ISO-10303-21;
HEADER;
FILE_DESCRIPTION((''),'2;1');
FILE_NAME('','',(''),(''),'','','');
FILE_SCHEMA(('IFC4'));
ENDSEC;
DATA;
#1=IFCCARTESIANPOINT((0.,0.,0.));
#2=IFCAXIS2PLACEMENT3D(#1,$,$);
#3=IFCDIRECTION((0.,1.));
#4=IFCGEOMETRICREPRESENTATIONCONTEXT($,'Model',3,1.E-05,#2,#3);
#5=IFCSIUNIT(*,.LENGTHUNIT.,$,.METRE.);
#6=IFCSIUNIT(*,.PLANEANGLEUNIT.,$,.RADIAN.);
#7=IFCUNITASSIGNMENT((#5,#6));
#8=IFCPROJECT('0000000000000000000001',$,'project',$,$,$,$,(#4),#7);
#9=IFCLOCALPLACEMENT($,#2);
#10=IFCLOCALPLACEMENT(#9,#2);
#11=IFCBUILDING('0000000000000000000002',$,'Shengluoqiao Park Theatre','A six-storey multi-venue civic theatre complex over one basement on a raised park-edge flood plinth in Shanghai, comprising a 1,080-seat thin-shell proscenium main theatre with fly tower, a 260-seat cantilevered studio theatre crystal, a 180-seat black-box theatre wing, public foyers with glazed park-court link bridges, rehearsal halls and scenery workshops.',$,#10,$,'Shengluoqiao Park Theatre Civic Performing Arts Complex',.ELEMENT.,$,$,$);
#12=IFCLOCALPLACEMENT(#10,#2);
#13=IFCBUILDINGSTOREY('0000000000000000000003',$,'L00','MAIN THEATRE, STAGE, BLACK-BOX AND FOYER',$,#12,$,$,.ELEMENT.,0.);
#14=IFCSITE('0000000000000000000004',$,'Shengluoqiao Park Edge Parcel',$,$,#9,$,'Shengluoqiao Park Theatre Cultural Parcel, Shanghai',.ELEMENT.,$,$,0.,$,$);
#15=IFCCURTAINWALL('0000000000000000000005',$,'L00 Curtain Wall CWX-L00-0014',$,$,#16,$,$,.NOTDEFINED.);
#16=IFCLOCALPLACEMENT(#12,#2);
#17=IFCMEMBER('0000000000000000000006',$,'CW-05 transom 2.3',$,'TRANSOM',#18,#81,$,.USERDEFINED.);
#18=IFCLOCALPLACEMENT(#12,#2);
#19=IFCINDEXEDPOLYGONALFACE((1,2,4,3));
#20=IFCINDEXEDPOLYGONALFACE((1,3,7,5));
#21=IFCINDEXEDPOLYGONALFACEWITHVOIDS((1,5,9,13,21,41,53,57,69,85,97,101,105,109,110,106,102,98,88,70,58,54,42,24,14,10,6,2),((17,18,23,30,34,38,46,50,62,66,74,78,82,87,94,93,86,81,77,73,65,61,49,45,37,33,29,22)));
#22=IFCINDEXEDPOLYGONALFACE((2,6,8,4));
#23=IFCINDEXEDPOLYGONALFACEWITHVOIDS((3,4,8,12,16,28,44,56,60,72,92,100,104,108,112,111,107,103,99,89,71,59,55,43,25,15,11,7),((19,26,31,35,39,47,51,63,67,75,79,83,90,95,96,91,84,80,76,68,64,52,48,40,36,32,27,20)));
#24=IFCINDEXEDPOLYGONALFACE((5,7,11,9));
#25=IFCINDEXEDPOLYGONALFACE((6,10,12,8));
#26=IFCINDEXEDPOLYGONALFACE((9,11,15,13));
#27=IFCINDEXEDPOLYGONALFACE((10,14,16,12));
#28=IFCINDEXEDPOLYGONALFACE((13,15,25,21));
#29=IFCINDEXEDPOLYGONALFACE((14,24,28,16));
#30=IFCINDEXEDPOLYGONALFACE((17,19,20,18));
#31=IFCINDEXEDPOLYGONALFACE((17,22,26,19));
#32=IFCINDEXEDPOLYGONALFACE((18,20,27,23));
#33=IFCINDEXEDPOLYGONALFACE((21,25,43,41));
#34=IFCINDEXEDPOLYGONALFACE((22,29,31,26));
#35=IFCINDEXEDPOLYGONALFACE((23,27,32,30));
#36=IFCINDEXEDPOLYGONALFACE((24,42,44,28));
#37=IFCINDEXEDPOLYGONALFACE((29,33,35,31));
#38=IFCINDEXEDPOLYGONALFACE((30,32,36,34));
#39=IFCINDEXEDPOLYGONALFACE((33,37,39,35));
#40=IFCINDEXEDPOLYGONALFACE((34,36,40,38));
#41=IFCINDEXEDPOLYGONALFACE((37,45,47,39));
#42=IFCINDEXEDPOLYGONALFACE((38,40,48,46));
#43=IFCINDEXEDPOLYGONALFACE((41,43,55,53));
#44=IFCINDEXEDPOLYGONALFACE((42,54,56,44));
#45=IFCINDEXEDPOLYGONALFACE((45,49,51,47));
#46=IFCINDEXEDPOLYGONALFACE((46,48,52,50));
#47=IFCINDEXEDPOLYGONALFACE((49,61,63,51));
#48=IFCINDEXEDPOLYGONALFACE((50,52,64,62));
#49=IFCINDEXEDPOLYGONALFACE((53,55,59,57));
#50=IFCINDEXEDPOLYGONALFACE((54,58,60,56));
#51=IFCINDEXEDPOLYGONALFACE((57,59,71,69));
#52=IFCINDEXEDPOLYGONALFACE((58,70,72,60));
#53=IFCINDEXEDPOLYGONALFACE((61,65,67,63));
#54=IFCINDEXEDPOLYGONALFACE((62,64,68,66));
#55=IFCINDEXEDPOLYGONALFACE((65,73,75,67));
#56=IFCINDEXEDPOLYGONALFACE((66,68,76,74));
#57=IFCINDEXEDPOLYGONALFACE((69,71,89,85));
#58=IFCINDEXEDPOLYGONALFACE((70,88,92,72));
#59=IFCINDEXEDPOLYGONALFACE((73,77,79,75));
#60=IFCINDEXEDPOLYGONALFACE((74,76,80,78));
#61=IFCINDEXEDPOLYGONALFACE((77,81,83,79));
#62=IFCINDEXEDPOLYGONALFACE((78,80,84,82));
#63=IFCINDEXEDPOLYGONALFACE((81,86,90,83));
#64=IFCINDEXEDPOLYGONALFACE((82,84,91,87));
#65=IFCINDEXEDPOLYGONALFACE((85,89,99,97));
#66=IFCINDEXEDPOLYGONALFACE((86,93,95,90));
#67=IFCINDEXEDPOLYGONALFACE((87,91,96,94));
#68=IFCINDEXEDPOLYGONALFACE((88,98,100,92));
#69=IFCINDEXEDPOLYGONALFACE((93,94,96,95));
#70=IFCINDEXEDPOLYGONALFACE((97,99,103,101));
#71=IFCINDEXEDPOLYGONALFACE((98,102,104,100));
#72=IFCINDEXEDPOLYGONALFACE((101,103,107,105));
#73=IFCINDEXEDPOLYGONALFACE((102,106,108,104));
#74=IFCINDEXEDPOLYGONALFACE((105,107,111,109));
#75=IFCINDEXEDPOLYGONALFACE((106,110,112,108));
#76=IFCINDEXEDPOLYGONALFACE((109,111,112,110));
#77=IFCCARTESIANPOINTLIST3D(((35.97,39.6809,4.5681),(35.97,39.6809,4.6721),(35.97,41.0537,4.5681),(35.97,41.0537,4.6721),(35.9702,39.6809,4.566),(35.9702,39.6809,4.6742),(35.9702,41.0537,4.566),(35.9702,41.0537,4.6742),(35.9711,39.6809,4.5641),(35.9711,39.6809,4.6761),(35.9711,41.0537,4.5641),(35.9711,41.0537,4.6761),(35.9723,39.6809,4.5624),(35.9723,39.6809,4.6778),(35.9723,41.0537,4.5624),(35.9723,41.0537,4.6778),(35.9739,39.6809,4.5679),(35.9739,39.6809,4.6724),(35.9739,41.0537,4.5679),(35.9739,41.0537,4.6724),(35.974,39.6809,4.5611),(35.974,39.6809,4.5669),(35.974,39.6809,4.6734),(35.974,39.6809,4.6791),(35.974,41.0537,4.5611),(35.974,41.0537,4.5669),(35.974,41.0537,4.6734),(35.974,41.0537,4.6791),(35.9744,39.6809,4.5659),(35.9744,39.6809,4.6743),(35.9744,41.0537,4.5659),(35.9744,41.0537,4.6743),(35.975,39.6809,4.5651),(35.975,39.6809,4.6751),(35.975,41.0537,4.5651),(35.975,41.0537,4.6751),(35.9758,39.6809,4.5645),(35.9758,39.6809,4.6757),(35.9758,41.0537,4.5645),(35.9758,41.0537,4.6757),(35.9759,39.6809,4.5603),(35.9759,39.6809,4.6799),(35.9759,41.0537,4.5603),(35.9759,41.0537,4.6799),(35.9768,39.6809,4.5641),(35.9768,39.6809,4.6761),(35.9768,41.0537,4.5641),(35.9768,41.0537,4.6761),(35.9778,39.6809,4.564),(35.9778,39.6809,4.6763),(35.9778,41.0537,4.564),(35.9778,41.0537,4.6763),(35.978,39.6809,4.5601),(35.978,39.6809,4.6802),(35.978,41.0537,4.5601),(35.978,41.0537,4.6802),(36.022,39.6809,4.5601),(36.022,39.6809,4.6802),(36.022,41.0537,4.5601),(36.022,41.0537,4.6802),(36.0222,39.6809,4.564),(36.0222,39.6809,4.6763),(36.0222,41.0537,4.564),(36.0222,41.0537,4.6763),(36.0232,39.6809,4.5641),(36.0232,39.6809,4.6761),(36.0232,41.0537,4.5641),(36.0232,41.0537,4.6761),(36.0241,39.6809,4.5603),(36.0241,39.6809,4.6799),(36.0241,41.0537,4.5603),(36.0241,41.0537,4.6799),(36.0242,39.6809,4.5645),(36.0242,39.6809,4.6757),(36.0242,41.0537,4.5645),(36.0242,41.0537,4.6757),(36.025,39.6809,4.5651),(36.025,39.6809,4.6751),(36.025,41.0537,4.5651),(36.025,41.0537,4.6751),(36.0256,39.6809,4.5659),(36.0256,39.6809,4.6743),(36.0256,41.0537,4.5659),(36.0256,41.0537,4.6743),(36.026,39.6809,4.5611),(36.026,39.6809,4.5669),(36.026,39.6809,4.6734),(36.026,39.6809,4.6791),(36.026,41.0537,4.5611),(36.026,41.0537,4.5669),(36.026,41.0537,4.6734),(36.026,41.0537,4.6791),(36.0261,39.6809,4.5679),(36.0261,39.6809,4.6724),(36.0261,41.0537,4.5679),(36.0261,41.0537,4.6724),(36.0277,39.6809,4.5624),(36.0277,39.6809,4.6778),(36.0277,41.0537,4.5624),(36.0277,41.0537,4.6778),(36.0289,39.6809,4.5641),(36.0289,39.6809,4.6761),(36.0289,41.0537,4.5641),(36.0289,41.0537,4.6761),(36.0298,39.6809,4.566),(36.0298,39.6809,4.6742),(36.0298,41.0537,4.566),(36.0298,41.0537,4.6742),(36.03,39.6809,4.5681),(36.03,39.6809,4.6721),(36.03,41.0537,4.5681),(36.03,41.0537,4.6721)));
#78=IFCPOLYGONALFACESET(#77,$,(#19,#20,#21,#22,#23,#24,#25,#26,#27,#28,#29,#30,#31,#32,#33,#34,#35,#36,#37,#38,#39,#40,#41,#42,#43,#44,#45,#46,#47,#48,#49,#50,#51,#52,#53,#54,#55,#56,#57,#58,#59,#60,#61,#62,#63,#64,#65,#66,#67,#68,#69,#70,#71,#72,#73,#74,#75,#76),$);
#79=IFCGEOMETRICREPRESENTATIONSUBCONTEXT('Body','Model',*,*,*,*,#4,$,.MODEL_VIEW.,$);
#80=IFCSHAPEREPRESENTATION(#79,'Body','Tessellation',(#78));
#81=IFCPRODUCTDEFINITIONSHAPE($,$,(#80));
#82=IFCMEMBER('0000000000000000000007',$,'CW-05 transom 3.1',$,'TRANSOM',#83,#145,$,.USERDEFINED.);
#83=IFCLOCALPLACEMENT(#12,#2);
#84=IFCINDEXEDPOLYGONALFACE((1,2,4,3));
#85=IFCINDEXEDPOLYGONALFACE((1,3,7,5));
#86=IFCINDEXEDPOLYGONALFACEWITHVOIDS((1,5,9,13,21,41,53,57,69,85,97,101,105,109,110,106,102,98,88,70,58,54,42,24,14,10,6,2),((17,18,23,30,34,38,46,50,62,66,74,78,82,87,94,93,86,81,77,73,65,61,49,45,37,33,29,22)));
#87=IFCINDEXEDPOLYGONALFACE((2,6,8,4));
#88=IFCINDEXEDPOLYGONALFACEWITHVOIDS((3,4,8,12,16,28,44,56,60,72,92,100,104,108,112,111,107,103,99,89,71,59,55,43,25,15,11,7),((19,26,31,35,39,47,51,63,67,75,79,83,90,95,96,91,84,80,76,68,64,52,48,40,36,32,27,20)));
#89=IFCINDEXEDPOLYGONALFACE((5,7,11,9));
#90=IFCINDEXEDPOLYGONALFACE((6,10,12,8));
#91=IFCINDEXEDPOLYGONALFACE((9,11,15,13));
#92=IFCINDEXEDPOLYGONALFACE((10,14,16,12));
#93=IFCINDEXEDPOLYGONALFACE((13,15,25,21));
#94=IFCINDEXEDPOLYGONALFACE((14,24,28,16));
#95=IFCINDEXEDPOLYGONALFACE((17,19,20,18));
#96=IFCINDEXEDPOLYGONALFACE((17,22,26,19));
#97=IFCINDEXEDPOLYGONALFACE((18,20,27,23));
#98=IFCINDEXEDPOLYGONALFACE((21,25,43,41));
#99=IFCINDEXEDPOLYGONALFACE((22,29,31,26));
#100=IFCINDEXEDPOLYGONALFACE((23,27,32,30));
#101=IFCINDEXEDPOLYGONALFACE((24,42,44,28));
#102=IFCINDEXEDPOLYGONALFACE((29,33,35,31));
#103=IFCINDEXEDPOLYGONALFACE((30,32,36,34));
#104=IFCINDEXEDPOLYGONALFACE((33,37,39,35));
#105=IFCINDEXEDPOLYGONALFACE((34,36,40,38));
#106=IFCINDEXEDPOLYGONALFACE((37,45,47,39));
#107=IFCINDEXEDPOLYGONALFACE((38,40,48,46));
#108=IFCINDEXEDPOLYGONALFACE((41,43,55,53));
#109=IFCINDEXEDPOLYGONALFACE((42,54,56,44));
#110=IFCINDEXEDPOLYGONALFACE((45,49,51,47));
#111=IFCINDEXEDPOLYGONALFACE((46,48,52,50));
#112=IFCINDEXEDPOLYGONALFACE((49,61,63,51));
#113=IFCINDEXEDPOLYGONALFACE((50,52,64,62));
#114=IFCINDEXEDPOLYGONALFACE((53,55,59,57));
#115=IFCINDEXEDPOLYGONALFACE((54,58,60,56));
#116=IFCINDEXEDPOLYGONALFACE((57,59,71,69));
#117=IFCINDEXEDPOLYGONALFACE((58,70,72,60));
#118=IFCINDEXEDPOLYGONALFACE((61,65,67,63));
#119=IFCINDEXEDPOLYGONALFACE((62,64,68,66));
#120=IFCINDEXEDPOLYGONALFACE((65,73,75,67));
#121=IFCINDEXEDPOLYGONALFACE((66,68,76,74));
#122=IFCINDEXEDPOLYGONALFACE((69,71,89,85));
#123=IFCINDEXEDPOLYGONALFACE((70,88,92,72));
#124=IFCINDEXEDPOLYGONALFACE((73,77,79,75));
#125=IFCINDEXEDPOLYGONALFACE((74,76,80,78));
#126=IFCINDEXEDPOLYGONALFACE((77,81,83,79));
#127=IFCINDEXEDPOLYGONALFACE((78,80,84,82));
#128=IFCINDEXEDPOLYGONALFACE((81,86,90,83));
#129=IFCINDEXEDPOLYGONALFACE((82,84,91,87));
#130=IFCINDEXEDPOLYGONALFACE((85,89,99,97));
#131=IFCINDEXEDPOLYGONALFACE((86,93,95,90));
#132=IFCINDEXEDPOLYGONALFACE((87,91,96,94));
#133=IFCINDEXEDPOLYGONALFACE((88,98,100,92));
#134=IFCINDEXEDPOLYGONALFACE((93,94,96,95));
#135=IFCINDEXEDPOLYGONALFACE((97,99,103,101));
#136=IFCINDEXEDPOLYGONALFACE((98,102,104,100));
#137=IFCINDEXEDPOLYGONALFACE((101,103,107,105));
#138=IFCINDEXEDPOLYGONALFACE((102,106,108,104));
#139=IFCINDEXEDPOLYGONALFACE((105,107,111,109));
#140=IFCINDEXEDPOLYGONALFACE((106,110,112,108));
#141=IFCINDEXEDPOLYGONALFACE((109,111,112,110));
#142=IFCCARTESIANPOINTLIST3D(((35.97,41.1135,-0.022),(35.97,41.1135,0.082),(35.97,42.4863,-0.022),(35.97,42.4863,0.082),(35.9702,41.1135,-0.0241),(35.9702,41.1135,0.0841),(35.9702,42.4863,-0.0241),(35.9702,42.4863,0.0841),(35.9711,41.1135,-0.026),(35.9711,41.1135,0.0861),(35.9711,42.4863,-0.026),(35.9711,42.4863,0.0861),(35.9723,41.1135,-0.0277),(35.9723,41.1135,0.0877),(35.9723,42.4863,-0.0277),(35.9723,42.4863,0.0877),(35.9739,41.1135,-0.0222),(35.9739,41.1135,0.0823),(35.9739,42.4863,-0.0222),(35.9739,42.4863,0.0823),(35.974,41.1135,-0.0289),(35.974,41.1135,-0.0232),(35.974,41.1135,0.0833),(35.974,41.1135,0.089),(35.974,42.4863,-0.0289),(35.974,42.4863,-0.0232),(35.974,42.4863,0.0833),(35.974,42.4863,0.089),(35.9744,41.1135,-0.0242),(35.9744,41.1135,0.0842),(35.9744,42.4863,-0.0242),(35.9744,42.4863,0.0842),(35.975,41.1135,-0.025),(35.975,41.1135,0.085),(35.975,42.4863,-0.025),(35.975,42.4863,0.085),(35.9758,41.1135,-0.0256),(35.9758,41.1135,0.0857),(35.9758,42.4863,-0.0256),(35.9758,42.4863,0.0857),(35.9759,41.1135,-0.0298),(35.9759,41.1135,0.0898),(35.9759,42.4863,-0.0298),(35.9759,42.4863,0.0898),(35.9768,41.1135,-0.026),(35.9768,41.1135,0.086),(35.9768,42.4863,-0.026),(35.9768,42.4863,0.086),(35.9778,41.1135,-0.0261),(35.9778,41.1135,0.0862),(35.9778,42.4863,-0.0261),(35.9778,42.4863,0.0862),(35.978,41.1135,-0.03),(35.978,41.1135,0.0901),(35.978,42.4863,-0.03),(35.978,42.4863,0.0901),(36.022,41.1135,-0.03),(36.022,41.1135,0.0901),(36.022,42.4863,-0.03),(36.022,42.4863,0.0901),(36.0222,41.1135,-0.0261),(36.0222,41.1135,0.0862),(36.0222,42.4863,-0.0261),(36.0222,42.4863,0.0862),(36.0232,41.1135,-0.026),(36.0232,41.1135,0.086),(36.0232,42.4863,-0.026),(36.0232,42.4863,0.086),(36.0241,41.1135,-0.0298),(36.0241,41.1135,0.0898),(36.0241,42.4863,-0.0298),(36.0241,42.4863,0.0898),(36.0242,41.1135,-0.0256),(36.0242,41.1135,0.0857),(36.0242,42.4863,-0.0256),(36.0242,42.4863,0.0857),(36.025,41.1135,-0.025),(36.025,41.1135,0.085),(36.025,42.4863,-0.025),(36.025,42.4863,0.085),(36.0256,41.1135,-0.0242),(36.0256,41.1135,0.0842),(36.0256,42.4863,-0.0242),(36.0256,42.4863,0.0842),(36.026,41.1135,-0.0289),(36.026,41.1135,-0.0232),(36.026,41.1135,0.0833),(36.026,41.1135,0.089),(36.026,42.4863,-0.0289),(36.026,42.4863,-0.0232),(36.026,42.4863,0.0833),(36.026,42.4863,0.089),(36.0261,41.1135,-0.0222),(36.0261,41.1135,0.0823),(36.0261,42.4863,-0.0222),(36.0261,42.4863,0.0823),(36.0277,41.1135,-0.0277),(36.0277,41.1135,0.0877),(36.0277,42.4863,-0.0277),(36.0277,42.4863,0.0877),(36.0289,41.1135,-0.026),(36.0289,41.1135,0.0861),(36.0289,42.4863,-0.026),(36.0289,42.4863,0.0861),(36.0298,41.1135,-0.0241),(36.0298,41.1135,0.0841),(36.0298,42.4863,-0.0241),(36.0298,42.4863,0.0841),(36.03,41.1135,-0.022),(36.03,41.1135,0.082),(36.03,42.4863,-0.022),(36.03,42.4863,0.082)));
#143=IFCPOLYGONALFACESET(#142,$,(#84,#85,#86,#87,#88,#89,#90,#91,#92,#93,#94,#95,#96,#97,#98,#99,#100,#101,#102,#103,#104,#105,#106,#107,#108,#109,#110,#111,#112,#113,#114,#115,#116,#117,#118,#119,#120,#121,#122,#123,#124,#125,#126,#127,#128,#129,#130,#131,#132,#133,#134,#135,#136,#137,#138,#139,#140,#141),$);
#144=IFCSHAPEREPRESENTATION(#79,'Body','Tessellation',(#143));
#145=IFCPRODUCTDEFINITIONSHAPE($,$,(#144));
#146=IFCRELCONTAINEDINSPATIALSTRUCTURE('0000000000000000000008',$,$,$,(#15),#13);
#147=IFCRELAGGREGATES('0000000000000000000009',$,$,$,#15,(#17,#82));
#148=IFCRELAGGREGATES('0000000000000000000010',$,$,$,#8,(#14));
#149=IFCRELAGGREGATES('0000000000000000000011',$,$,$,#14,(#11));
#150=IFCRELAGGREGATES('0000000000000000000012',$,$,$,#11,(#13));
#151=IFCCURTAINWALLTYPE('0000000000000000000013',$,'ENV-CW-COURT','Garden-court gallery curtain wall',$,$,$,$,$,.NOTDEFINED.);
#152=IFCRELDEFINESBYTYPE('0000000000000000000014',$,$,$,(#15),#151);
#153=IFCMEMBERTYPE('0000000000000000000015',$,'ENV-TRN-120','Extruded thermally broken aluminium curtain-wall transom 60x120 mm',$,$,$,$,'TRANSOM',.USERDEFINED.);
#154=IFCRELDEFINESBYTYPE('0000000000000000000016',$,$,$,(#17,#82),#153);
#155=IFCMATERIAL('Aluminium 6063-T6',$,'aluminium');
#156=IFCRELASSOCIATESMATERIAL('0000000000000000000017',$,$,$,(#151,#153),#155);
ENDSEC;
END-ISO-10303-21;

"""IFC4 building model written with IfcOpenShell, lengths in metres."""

from ifc_helpers import new_model, si_unit, direction, frame, origin, origin_2d, place, context, subcontext, project, spatial, hollow_rectangle, extrude, material, material_profile, profile_set, type_object, element, aggregate, save


model = new_model("IFC4")

# Units and contexts
model_context = context("Model", 3, precision=1e-05, world=origin(), true_north=direction((0.0, 1.0)))
body_context = subcontext(model_context, "Body", "Model", "MODEL_VIEW")
ifc_project = project(units=[si_unit("LENGTHUNIT", "METRE"), si_unit("PLANEANGLEUNIT", "RADIAN")], contexts=[model_context])

# Site, building, storey
site_placement = place(None, origin())
site = spatial("IfcSite", under=ifc_project, at=site_placement, Name="Shengluoqiao Park Edge Parcel", LongName="Shengluoqiao Park Theatre Cultural Parcel, Shanghai", CompositionType="ELEMENT", RefElevation=0.0)
building_placement = place(site_placement, origin())
building = spatial("IfcBuilding", under=site, at=building_placement, Name="Shengluoqiao Park Theatre", Description="A six-storey multi-venue civic theatre complex over one basement on a raised park-edge flood plinth in Shanghai, comprising a 1,080-seat thin-shell proscenium main theatre with fly tower, a 260-seat cantilevered studio theatre crystal, a 180-seat black-box theatre wing, public foyers with glazed park-court link bridges, rehearsal halls and scenery workshops.", LongName="Shengluoqiao Park Theatre Civic Performing Arts Complex", CompositionType="ELEMENT")
storey_placement = place(building_placement, origin())
storey = spatial("IfcBuildingStorey", under=building, at=storey_placement, Name="L00", Description="MAIN THEATRE, STAGE, BLACK-BOX AND FOYER", CompositionType="ELEMENT", Elevation=0.0)

# Curtain wall, members
ifc_material_1 = material(Name="Aluminium 6063-T6", Category="aluminium")
curtain_wall_type = type_object("IfcCurtainWallType", Name="ENV-CW-COURT", Description="Garden-court gallery curtain wall", PredefinedType="NOTDEFINED", material=ifc_material_1)
curtain_wall_placement = place(storey_placement, origin())
curtain_wall = element("IfcCurtainWall", 1, at=curtain_wall_placement, inside=storey, type_object=curtain_wall_type, Name="L00 Curtain Wall CWX-L00-0014", PredefinedType="NOTDEFINED")
ifc_material_profile_1 = material_profile(ifc_material_1, hollow_rectangle(XDim=0.0601, YDim=0.1201, WallThickness=0.0039, InnerFilletRadius=0.0039, OuterFilletRadius=0.0081, at=origin_2d()), Name="ALU TRANSOM 120x60x4")
ifc_profile_set_1 = profile_set([ifc_material_profile_1], Name="Aluminium 6063-T6")
member_type_1 = type_object("IfcMemberType", Name="ENV-TRN-120", Description="Extruded thermally broken aluminium curtain-wall transom 60x120 mm", ElementType="TRANSOM", PredefinedType="USERDEFINED", material=ifc_profile_set_1)
member_1_placement = place(storey_placement, frame((36.0, 39.6809, 4.6201), z_axis=(0.0, 1.0, 0.0), x_axis=(-1.0, 0.0, 0.0)))
member_1 = element("IfcMember", 2, at=member_1_placement, type_object=member_type_1, Name="CW-05 transom 2.3", ObjectType="TRANSOM", PredefinedType="USERDEFINED", context=body_context, shape_type="SweptSolid", body=[
    extrude(hollow_rectangle(XDim=0.0601, YDim=0.1201, WallThickness=0.0039, InnerFilletRadius=0.0039, OuterFilletRadius=0.0081, at=origin_2d()), origin(), (0.0, 0.0, 1.0), 1.3728),
])
member_2_placement = place(storey_placement, frame((36.0, 41.1135, 0.03), z_axis=(0.0, 1.0, 0.0), x_axis=(-1.0, 0.0, 0.0)))
member_2 = element("IfcMember", 3, at=member_2_placement, type_object=member_type_1, Name="CW-05 transom 3.1", ObjectType="TRANSOM", PredefinedType="USERDEFINED", context=body_context, shape_type="SweptSolid", body=[
    extrude(hollow_rectangle(XDim=0.0601, YDim=0.1201, WallThickness=0.0039, InnerFilletRadius=0.0039, OuterFilletRadius=0.0081, at=origin_2d()), origin(), (0.0, 0.0, 1.0), 1.3728),
])
aggregate(curtain_wall, [member_1, member_2])

save(model, "model.ifc")
